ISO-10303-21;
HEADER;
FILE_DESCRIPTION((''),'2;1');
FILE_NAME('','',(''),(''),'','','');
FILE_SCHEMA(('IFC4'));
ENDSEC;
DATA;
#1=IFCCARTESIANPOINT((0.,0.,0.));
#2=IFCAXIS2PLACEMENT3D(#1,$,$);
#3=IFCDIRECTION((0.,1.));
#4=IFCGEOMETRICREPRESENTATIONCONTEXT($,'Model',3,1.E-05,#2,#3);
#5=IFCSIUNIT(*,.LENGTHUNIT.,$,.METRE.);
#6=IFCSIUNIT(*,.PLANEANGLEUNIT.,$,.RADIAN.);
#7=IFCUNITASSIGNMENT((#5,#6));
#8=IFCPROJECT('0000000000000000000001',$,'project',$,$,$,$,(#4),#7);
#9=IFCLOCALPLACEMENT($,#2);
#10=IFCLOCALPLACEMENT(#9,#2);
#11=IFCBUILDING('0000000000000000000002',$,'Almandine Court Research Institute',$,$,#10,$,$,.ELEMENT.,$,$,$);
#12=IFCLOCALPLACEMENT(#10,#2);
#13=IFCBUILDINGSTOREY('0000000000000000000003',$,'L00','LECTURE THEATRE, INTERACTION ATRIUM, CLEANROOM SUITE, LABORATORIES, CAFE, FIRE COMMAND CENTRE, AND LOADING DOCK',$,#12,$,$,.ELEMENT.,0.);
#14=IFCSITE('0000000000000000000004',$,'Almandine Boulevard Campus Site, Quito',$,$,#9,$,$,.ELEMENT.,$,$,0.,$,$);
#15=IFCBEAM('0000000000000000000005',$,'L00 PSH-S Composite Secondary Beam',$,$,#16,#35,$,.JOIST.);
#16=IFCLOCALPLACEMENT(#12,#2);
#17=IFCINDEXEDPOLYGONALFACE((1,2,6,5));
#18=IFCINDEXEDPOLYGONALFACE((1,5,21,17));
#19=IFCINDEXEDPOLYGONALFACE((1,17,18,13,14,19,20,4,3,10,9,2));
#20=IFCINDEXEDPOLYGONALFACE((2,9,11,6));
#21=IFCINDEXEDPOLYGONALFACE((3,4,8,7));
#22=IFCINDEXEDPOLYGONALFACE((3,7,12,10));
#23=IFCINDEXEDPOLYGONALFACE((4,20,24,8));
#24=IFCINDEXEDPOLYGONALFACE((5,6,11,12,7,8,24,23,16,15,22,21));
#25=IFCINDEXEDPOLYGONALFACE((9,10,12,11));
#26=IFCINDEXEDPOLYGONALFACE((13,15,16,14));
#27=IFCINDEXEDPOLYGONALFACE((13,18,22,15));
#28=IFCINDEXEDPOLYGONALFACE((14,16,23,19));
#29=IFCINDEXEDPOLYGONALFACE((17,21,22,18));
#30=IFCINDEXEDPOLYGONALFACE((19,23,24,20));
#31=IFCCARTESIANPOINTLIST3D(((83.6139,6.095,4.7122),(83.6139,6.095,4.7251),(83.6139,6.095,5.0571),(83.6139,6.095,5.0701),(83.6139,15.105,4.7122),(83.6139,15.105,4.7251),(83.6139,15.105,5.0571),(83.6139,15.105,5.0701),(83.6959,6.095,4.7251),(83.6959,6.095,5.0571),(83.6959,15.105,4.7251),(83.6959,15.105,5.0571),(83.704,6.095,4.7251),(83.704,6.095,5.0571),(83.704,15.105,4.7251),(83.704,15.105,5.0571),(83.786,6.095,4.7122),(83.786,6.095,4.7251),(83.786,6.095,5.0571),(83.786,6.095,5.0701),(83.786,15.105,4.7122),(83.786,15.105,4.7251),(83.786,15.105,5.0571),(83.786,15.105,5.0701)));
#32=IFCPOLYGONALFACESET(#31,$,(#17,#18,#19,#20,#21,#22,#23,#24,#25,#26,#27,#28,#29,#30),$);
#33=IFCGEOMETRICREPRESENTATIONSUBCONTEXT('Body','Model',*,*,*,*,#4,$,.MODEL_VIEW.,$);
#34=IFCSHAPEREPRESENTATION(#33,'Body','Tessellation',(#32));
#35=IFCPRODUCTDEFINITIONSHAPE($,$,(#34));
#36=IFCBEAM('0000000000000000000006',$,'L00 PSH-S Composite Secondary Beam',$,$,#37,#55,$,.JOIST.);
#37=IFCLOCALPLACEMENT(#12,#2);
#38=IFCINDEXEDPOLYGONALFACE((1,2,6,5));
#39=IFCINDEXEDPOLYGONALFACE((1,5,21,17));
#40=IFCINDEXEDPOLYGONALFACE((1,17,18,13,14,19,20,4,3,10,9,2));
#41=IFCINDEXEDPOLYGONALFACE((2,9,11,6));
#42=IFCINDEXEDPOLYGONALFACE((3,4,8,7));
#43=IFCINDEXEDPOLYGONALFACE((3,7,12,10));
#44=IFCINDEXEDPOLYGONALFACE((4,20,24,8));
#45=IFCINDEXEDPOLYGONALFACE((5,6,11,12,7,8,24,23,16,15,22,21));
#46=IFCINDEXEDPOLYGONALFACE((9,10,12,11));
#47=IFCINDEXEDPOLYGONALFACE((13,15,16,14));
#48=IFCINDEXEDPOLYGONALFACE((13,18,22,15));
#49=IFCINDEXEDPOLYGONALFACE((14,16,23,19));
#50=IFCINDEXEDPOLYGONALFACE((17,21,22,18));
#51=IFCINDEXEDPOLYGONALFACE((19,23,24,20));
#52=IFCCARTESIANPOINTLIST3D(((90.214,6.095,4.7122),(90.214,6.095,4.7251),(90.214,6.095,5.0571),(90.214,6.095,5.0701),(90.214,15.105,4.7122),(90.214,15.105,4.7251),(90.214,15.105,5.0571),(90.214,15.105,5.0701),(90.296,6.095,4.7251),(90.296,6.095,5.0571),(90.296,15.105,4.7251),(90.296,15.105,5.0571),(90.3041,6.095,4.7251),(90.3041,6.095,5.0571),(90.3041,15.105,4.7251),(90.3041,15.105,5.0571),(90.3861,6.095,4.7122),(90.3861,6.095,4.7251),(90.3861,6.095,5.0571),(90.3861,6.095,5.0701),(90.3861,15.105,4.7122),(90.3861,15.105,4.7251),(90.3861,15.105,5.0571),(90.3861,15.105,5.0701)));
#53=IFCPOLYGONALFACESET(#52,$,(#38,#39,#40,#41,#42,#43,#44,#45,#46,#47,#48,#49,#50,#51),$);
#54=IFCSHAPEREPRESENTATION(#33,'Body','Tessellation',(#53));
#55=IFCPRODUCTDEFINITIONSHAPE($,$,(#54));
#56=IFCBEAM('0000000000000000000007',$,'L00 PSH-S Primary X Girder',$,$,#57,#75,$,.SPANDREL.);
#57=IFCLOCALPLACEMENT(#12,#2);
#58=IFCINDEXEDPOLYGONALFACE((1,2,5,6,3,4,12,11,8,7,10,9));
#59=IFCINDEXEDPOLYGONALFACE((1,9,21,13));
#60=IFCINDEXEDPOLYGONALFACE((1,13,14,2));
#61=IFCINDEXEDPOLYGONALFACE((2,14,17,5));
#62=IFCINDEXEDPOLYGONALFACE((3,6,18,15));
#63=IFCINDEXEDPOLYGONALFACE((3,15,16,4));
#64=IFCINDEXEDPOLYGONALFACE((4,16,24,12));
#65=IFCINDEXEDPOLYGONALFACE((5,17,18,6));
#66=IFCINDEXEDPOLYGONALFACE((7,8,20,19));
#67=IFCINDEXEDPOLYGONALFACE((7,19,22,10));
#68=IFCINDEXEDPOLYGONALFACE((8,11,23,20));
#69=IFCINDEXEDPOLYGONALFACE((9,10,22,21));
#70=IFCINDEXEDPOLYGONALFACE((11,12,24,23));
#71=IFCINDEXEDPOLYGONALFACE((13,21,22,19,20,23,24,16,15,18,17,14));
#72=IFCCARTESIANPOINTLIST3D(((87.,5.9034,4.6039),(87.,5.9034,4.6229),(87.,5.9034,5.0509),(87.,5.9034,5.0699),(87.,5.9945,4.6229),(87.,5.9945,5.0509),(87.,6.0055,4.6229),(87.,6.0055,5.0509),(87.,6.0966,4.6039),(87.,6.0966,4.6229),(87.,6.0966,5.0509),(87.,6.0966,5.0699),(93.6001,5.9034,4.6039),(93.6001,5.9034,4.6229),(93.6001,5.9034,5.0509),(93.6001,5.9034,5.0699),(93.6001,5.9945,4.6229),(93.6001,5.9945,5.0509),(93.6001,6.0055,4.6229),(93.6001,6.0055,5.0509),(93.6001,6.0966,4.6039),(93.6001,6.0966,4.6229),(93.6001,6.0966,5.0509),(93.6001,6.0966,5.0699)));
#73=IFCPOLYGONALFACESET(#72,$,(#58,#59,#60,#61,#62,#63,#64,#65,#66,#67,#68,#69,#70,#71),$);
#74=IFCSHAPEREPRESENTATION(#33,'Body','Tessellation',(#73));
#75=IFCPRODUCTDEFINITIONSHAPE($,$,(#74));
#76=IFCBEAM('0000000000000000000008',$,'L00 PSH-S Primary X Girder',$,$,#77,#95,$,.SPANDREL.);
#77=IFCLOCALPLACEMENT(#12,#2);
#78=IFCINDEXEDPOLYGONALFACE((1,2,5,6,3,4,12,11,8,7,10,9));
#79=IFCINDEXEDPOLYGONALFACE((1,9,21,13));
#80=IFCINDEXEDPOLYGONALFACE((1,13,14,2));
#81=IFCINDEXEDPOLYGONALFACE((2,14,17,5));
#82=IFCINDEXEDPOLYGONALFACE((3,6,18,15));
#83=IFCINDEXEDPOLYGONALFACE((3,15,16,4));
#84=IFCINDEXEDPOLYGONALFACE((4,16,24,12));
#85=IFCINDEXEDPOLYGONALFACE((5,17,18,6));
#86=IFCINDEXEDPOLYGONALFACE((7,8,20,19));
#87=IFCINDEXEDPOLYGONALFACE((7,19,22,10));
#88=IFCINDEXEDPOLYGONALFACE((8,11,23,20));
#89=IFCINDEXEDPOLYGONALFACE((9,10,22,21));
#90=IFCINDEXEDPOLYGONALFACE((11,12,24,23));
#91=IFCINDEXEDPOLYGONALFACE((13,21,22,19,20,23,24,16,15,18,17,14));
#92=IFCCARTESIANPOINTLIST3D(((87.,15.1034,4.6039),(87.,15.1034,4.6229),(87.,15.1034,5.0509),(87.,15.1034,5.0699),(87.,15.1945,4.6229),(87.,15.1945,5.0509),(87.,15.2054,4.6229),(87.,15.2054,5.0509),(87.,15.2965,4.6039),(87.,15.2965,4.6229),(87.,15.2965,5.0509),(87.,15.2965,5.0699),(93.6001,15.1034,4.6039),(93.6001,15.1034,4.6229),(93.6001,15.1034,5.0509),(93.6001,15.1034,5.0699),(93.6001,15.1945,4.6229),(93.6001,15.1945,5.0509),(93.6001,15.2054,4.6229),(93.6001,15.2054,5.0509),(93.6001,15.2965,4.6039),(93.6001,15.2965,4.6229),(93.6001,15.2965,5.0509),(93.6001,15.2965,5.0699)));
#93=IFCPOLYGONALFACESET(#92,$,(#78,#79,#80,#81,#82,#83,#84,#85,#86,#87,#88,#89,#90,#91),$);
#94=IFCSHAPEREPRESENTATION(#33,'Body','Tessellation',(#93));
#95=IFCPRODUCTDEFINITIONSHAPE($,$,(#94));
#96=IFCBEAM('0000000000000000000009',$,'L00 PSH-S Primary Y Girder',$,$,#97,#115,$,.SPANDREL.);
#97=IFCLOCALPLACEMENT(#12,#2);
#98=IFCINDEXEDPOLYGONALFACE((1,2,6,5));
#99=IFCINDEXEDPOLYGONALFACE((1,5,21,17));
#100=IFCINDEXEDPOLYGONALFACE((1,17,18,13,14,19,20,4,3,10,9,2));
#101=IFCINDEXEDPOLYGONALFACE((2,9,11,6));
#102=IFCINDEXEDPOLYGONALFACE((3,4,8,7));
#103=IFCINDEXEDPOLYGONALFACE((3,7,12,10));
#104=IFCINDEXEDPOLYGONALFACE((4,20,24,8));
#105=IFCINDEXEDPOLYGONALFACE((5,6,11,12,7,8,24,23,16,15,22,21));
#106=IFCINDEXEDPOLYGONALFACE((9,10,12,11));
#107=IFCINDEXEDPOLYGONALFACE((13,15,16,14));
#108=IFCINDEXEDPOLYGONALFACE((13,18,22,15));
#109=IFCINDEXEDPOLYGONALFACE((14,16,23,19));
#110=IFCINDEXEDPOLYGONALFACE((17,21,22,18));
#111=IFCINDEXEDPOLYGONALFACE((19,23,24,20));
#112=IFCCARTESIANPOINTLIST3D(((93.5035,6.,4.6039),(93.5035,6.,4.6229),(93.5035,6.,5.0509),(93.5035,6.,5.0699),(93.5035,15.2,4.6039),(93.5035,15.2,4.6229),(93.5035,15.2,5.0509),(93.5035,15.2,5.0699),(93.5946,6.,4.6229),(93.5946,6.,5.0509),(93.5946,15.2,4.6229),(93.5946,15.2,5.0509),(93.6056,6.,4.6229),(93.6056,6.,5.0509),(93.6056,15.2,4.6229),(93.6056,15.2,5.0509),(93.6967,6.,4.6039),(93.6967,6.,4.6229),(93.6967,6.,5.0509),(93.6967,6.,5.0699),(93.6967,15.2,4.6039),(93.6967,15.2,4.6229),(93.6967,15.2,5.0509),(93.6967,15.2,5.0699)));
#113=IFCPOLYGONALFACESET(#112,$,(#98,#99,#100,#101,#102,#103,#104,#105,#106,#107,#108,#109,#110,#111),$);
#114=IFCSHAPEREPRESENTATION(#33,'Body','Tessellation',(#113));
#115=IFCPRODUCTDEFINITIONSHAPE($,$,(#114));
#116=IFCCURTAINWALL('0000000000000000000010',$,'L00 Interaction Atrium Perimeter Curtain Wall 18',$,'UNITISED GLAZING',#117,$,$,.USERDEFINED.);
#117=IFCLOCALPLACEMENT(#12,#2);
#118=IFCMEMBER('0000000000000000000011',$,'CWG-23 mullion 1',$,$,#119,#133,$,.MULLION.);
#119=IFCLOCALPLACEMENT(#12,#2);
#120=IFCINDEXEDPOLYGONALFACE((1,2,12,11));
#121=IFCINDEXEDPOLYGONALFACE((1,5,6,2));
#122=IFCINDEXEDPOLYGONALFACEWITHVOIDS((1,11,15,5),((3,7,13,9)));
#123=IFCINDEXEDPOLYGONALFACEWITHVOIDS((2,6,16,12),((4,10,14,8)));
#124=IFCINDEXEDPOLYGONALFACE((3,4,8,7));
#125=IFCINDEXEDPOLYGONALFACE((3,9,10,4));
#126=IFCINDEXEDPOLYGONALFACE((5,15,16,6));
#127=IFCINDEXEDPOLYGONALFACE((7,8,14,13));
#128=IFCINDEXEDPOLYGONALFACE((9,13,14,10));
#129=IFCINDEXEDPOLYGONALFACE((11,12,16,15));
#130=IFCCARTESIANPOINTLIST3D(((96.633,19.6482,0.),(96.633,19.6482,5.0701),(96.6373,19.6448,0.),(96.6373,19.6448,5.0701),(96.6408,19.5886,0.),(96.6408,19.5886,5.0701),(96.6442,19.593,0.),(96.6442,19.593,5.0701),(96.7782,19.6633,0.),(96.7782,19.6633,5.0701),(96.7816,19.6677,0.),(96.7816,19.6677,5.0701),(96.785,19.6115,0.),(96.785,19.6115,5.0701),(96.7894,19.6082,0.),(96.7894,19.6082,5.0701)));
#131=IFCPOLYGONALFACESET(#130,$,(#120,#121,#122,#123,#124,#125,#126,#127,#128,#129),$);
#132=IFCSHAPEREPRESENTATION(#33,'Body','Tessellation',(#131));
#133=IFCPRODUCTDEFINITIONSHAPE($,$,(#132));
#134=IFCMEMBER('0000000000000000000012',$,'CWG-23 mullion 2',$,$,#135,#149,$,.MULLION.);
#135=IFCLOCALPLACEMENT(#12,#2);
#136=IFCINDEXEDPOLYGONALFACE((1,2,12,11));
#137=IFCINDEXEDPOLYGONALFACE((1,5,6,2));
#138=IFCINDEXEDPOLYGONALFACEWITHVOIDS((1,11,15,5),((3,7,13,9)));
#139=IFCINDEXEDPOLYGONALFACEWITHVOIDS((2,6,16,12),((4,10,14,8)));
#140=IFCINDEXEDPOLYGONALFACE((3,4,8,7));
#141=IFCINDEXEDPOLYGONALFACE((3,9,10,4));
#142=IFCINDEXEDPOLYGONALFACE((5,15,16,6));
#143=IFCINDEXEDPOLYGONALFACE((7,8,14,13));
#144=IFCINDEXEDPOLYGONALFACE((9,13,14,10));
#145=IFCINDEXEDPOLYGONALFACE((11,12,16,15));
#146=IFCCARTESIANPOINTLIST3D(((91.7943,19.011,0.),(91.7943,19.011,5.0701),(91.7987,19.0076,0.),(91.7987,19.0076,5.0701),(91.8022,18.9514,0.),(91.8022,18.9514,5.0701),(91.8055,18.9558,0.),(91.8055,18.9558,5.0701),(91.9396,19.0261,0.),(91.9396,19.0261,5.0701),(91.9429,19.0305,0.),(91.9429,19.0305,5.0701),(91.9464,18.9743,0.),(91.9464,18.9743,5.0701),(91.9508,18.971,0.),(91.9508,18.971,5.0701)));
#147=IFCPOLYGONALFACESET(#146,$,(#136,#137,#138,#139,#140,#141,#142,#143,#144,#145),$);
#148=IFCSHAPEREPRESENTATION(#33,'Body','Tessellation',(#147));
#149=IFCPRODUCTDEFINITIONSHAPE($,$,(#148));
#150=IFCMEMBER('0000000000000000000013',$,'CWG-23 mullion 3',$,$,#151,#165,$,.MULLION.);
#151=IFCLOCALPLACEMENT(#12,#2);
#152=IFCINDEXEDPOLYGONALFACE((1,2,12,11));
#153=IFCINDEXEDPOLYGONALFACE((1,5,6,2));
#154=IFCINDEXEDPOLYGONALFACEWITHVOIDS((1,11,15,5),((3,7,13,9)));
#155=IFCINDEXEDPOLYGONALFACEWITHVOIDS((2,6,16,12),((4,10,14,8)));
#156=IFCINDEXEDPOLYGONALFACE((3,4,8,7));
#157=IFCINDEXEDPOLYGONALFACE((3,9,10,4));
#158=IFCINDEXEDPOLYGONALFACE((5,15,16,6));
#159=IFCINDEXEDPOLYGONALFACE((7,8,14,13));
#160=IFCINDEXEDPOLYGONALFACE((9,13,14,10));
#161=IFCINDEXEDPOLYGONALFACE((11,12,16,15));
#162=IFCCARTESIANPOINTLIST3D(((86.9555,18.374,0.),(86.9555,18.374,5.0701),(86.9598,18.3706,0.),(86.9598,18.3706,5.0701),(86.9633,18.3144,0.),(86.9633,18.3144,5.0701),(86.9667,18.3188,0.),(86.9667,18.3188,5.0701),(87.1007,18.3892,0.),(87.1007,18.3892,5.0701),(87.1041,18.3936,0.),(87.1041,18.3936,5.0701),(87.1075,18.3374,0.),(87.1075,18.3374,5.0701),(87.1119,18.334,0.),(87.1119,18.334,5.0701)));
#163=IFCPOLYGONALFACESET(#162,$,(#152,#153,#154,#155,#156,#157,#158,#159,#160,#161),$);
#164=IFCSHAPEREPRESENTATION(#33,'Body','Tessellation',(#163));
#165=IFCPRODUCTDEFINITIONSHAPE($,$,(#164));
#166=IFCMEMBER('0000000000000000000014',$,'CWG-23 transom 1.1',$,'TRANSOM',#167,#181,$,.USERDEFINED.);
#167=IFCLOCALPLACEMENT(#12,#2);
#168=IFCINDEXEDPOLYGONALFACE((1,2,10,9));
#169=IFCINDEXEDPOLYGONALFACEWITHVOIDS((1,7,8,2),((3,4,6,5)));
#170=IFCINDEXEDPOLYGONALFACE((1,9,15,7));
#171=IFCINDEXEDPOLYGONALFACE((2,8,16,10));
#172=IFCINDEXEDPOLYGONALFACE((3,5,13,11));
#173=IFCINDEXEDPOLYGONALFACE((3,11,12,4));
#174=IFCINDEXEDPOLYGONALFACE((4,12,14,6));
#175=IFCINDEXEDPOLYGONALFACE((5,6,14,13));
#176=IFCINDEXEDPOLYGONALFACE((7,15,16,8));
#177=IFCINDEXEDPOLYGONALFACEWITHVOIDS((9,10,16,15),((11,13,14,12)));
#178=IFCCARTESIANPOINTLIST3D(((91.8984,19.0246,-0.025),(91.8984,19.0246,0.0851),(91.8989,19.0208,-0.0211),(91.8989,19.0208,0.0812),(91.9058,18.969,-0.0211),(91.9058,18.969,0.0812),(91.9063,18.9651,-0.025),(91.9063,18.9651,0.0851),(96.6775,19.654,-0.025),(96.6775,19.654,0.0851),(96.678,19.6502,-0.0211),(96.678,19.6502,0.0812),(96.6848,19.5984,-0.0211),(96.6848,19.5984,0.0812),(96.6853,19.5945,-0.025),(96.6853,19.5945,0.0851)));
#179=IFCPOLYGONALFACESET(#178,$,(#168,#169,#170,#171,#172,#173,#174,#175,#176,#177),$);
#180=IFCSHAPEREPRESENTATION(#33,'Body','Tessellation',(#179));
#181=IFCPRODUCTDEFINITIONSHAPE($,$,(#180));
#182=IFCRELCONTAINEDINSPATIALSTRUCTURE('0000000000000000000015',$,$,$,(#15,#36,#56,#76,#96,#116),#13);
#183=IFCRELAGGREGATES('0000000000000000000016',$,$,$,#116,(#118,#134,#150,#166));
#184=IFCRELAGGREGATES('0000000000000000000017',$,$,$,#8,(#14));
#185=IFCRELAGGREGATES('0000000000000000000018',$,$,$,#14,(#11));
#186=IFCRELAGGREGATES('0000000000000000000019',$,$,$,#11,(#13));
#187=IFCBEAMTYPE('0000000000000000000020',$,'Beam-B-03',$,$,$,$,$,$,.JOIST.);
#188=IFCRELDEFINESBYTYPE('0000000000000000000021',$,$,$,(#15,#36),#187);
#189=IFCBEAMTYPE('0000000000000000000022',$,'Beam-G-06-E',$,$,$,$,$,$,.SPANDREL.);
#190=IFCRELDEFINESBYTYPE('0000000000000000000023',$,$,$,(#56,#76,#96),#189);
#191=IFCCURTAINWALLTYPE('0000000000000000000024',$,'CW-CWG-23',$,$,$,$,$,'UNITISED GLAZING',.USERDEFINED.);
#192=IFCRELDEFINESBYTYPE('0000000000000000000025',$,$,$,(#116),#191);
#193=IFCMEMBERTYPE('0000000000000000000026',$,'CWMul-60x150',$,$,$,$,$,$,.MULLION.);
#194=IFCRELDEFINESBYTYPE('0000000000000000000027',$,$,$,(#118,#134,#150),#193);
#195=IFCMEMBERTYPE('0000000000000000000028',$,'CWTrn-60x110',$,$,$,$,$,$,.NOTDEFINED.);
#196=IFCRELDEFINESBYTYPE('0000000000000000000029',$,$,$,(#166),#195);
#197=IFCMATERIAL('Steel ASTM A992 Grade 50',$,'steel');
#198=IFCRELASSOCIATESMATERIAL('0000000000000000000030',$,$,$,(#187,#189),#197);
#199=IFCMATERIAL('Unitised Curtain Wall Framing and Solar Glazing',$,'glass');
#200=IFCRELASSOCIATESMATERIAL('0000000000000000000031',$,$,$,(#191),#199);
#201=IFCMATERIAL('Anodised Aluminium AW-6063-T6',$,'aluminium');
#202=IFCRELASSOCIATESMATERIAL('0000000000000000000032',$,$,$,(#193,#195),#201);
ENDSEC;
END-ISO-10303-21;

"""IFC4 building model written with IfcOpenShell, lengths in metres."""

from ifc_helpers import new_model, si_unit, direction, frame, origin, origin_2d, place, context, subcontext, project, spatial, hollow_rectangle, i_section, extrude, material, material_profile, profile_set, type_object, element, aggregate, save


model = new_model("IFC4")

# Units and contexts
model_context = context("Model", 3, precision=1e-05, world=origin(), true_north=direction((0.0, 1.0)))
body_context = subcontext(model_context, "Body", "Model", "MODEL_VIEW")
ifc_project = project(units=[si_unit("LENGTHUNIT", "METRE"), si_unit("PLANEANGLEUNIT", "RADIAN")], contexts=[model_context])

# Site, building, storey
site_placement = place(None, origin())
site = spatial("IfcSite", under=ifc_project, at=site_placement, Name="Almandine Boulevard Campus Site, Quito", CompositionType="ELEMENT", RefElevation=0.0)
building_placement = place(site_placement, origin())
building = spatial("IfcBuilding", under=site, at=building_placement, Name="Almandine Court Research Institute", CompositionType="ELEMENT")
storey_placement = place(building_placement, origin())
storey = spatial("IfcBuildingStorey", under=building, at=storey_placement, Name="L00", Description="LECTURE THEATRE, INTERACTION ATRIUM, CLEANROOM SUITE, LABORATORIES, CAFE, FIRE COMMAND CENTRE, AND LOADING DOCK", CompositionType="ELEMENT", Elevation=0.0)

# Shared definitions
ifc_material_1 = material(Name="Steel ASTM A992 Grade 50", Category="steel")

# Beams
ifc_material_profile_1 = material_profile(ifc_material_1, i_section(OverallWidth=0.1721, OverallDepth=0.3579, WebThickness=0.0081, FlangeThickness=0.0129, at=origin_2d()), Name="W360x57")
ifc_profile_set_1 = profile_set([ifc_material_profile_1], Name="Steel ASTM A992 Grade 50")
beam_type_1 = type_object("IfcBeamType", Name="Beam-B-03", PredefinedType="JOIST", material=ifc_profile_set_1)
for number, where, z_axis, x_axis, name in (
    (1, (83.7, 6.095, 4.8911), (0.0, 1.0, 0.0), (-1.0, 0.0, 0.0), "L00 PSH-S Composite Secondary Beam"),
    (2, (90.3, 6.095, 4.8911), (0.0, 1.0, 0.0), (-1.0, 0.0, 0.0), "L00 PSH-S Composite Secondary Beam"),
):
    element("IfcBeam", number, at=place(storey_placement, frame(where, z_axis=z_axis, x_axis=x_axis)), inside=storey, type_object=beam_type_1, Name=name, PredefinedType="JOIST", context=body_context, shape_type="SweptSolid", body=[
        extrude(i_section(OverallWidth=0.1721, OverallDepth=0.3579, WebThickness=0.0081, FlangeThickness=0.0129, at=origin_2d()), origin(), (0.0, 0.0, 1.0), 9.01),
    ])
ifc_material_profile_2 = material_profile(ifc_material_1, i_section(OverallWidth=0.1931, OverallDepth=0.4661, WebThickness=0.011, FlangeThickness=0.019, at=origin_2d()), Name="W460x97")
ifc_profile_set_2 = profile_set([ifc_material_profile_2], Name="Steel ASTM A992 Grade 50")
beam_type_2 = type_object("IfcBeamType", Name="Beam-G-06-E", PredefinedType="SPANDREL", material=ifc_profile_set_2)
for number, where, z_axis, x_axis, name in (
    (3, (87.0, 6.0, 4.8369), (1.0, 0.0, 0.0), (0.0, 1.0, 0.0), "L00 PSH-S Primary X Girder"),
    (4, (87.0, 15.2, 4.8369), (1.0, 0.0, 0.0), (0.0, 1.0, 0.0), "L00 PSH-S Primary X Girder"),
):
    element("IfcBeam", number, at=place(storey_placement, frame(where, z_axis=z_axis, x_axis=x_axis)), inside=storey, type_object=beam_type_2, Name=name, PredefinedType="SPANDREL", context=body_context, shape_type="SweptSolid", body=[
        extrude(i_section(OverallWidth=0.1931, OverallDepth=0.4661, WebThickness=0.011, FlangeThickness=0.019, at=origin_2d()), origin(), (0.0, 0.0, 1.0), 6.6001),
    ])
beam_1_placement = place(storey_placement, frame((93.6001, 6.0, 4.8369), z_axis=(0.0, 1.0, 0.0), x_axis=(-1.0, 0.0, 0.0)))
element("IfcBeam", 5, at=beam_1_placement, inside=storey, type_object=beam_type_2, Name="L00 PSH-S Primary Y Girder", PredefinedType="SPANDREL", context=body_context, shape_type="SweptSolid", body=[
    extrude(i_section(OverallWidth=0.1931, OverallDepth=0.4661, WebThickness=0.011, FlangeThickness=0.019, at=origin_2d()), origin(), (0.0, 0.0, 1.0), 9.2),
])

# Curtain wall, members
ifc_material_2 = material(Name="Unitised Curtain Wall Framing and Solar Glazing", Category="glass")
curtain_wall_type = type_object("IfcCurtainWallType", Name="CW-CWG-23", ElementType="UNITISED GLAZING", PredefinedType="USERDEFINED", material=ifc_material_2)
curtain_wall_placement = place(storey_placement, origin())
curtain_wall = element("IfcCurtainWall", 6, at=curtain_wall_placement, inside=storey, type_object=curtain_wall_type, Name="L00 Interaction Atrium Perimeter Curtain Wall 18", ObjectType="UNITISED GLAZING", PredefinedType="USERDEFINED")
ifc_material_3 = material(Name="Anodised Aluminium AW-6063-T6", Category="aluminium")
ifc_material_profile_3 = material_profile(ifc_material_3, hollow_rectangle(XDim=0.0601, YDim=0.1499, WallThickness=0.0039, at=origin_2d()), Name="ALU RHS 60x150x4")
ifc_profile_set_3 = profile_set([ifc_material_profile_3], Name="Anodised Aluminium AW-6063-T6")
member_type_1 = type_object("IfcMemberType", Name="CWMul-60x150", PredefinedType="MULLION", material=ifc_profile_set_3)
member_1_placement = place(storey_placement, frame((96.7112, 19.6282, 0.0), z_axis=(0.0, 0.0, 1.0), x_axis=(0.130536, -0.991444, 0.0)))
member_1 = element("IfcMember", 7, at=member_1_placement, type_object=member_type_1, Name="CWG-23 mullion 1", PredefinedType="MULLION", context=body_context, shape_type="SweptSolid", body=[
    extrude(hollow_rectangle(XDim=0.0601, YDim=0.1499, WallThickness=0.0039, at=origin_2d()), origin(), (0.0, 0.0, 1.0), 5.0701),
])
member_2_placement = place(storey_placement, frame((91.8726, 18.991, 0.0), z_axis=(0.0, 0.0, 1.0), x_axis=(0.130536, -0.991444, 0.0)))
member_2 = element("IfcMember", 8, at=member_2_placement, type_object=member_type_1, Name="CWG-23 mullion 2", PredefinedType="MULLION", context=body_context, shape_type="SweptSolid", body=[
    extrude(hollow_rectangle(XDim=0.0601, YDim=0.1499, WallThickness=0.0039, at=origin_2d()), origin(), (0.0, 0.0, 1.0), 5.0701),
])
member_3_placement = place(storey_placement, frame((87.0337, 18.354, 0.0), z_axis=(0.0, 0.0, 1.0), x_axis=(0.130536, -0.991444, 0.0)))
member_3 = element("IfcMember", 9, at=member_3_placement, type_object=member_type_1, Name="CWG-23 mullion 3", PredefinedType="MULLION", context=body_context, shape_type="SweptSolid", body=[
    extrude(hollow_rectangle(XDim=0.0601, YDim=0.1499, WallThickness=0.0039, at=origin_2d()), origin(), (0.0, 0.0, 1.0), 5.0701),
])
ifc_material_profile_4 = material_profile(ifc_material_3, hollow_rectangle(XDim=0.0601, YDim=0.1101, WallThickness=0.0039, at=origin_2d()), Name="ALU RHS 60x110x4")
ifc_profile_set_4 = profile_set([ifc_material_profile_4], Name="Anodised Aluminium AW-6063-T6")
member_type_2 = type_object("IfcMemberType", Name="CWTrn-60x110", PredefinedType="NOTDEFINED", material=ifc_profile_set_4)
member_4_placement = place(storey_placement, frame((96.6814, 19.6243, 0.03), z_axis=(-0.991439, -0.130571, 0.0), x_axis=(0.130571, -0.991439, 0.0)))
member_4 = element("IfcMember", 10, at=member_4_placement, type_object=member_type_2, Name="CWG-23 transom 1.1", ObjectType="TRANSOM", PredefinedType="USERDEFINED", context=body_context, shape_type="SweptSolid", body=[
    extrude(hollow_rectangle(XDim=0.0601, YDim=0.1101, WallThickness=0.0039, at=origin_2d()), origin(), (0.0, 0.0, 1.0), 4.8203),
])
aggregate(curtain_wall, [member_1, member_2, member_3, member_4])

save(model, "model.ifc")
